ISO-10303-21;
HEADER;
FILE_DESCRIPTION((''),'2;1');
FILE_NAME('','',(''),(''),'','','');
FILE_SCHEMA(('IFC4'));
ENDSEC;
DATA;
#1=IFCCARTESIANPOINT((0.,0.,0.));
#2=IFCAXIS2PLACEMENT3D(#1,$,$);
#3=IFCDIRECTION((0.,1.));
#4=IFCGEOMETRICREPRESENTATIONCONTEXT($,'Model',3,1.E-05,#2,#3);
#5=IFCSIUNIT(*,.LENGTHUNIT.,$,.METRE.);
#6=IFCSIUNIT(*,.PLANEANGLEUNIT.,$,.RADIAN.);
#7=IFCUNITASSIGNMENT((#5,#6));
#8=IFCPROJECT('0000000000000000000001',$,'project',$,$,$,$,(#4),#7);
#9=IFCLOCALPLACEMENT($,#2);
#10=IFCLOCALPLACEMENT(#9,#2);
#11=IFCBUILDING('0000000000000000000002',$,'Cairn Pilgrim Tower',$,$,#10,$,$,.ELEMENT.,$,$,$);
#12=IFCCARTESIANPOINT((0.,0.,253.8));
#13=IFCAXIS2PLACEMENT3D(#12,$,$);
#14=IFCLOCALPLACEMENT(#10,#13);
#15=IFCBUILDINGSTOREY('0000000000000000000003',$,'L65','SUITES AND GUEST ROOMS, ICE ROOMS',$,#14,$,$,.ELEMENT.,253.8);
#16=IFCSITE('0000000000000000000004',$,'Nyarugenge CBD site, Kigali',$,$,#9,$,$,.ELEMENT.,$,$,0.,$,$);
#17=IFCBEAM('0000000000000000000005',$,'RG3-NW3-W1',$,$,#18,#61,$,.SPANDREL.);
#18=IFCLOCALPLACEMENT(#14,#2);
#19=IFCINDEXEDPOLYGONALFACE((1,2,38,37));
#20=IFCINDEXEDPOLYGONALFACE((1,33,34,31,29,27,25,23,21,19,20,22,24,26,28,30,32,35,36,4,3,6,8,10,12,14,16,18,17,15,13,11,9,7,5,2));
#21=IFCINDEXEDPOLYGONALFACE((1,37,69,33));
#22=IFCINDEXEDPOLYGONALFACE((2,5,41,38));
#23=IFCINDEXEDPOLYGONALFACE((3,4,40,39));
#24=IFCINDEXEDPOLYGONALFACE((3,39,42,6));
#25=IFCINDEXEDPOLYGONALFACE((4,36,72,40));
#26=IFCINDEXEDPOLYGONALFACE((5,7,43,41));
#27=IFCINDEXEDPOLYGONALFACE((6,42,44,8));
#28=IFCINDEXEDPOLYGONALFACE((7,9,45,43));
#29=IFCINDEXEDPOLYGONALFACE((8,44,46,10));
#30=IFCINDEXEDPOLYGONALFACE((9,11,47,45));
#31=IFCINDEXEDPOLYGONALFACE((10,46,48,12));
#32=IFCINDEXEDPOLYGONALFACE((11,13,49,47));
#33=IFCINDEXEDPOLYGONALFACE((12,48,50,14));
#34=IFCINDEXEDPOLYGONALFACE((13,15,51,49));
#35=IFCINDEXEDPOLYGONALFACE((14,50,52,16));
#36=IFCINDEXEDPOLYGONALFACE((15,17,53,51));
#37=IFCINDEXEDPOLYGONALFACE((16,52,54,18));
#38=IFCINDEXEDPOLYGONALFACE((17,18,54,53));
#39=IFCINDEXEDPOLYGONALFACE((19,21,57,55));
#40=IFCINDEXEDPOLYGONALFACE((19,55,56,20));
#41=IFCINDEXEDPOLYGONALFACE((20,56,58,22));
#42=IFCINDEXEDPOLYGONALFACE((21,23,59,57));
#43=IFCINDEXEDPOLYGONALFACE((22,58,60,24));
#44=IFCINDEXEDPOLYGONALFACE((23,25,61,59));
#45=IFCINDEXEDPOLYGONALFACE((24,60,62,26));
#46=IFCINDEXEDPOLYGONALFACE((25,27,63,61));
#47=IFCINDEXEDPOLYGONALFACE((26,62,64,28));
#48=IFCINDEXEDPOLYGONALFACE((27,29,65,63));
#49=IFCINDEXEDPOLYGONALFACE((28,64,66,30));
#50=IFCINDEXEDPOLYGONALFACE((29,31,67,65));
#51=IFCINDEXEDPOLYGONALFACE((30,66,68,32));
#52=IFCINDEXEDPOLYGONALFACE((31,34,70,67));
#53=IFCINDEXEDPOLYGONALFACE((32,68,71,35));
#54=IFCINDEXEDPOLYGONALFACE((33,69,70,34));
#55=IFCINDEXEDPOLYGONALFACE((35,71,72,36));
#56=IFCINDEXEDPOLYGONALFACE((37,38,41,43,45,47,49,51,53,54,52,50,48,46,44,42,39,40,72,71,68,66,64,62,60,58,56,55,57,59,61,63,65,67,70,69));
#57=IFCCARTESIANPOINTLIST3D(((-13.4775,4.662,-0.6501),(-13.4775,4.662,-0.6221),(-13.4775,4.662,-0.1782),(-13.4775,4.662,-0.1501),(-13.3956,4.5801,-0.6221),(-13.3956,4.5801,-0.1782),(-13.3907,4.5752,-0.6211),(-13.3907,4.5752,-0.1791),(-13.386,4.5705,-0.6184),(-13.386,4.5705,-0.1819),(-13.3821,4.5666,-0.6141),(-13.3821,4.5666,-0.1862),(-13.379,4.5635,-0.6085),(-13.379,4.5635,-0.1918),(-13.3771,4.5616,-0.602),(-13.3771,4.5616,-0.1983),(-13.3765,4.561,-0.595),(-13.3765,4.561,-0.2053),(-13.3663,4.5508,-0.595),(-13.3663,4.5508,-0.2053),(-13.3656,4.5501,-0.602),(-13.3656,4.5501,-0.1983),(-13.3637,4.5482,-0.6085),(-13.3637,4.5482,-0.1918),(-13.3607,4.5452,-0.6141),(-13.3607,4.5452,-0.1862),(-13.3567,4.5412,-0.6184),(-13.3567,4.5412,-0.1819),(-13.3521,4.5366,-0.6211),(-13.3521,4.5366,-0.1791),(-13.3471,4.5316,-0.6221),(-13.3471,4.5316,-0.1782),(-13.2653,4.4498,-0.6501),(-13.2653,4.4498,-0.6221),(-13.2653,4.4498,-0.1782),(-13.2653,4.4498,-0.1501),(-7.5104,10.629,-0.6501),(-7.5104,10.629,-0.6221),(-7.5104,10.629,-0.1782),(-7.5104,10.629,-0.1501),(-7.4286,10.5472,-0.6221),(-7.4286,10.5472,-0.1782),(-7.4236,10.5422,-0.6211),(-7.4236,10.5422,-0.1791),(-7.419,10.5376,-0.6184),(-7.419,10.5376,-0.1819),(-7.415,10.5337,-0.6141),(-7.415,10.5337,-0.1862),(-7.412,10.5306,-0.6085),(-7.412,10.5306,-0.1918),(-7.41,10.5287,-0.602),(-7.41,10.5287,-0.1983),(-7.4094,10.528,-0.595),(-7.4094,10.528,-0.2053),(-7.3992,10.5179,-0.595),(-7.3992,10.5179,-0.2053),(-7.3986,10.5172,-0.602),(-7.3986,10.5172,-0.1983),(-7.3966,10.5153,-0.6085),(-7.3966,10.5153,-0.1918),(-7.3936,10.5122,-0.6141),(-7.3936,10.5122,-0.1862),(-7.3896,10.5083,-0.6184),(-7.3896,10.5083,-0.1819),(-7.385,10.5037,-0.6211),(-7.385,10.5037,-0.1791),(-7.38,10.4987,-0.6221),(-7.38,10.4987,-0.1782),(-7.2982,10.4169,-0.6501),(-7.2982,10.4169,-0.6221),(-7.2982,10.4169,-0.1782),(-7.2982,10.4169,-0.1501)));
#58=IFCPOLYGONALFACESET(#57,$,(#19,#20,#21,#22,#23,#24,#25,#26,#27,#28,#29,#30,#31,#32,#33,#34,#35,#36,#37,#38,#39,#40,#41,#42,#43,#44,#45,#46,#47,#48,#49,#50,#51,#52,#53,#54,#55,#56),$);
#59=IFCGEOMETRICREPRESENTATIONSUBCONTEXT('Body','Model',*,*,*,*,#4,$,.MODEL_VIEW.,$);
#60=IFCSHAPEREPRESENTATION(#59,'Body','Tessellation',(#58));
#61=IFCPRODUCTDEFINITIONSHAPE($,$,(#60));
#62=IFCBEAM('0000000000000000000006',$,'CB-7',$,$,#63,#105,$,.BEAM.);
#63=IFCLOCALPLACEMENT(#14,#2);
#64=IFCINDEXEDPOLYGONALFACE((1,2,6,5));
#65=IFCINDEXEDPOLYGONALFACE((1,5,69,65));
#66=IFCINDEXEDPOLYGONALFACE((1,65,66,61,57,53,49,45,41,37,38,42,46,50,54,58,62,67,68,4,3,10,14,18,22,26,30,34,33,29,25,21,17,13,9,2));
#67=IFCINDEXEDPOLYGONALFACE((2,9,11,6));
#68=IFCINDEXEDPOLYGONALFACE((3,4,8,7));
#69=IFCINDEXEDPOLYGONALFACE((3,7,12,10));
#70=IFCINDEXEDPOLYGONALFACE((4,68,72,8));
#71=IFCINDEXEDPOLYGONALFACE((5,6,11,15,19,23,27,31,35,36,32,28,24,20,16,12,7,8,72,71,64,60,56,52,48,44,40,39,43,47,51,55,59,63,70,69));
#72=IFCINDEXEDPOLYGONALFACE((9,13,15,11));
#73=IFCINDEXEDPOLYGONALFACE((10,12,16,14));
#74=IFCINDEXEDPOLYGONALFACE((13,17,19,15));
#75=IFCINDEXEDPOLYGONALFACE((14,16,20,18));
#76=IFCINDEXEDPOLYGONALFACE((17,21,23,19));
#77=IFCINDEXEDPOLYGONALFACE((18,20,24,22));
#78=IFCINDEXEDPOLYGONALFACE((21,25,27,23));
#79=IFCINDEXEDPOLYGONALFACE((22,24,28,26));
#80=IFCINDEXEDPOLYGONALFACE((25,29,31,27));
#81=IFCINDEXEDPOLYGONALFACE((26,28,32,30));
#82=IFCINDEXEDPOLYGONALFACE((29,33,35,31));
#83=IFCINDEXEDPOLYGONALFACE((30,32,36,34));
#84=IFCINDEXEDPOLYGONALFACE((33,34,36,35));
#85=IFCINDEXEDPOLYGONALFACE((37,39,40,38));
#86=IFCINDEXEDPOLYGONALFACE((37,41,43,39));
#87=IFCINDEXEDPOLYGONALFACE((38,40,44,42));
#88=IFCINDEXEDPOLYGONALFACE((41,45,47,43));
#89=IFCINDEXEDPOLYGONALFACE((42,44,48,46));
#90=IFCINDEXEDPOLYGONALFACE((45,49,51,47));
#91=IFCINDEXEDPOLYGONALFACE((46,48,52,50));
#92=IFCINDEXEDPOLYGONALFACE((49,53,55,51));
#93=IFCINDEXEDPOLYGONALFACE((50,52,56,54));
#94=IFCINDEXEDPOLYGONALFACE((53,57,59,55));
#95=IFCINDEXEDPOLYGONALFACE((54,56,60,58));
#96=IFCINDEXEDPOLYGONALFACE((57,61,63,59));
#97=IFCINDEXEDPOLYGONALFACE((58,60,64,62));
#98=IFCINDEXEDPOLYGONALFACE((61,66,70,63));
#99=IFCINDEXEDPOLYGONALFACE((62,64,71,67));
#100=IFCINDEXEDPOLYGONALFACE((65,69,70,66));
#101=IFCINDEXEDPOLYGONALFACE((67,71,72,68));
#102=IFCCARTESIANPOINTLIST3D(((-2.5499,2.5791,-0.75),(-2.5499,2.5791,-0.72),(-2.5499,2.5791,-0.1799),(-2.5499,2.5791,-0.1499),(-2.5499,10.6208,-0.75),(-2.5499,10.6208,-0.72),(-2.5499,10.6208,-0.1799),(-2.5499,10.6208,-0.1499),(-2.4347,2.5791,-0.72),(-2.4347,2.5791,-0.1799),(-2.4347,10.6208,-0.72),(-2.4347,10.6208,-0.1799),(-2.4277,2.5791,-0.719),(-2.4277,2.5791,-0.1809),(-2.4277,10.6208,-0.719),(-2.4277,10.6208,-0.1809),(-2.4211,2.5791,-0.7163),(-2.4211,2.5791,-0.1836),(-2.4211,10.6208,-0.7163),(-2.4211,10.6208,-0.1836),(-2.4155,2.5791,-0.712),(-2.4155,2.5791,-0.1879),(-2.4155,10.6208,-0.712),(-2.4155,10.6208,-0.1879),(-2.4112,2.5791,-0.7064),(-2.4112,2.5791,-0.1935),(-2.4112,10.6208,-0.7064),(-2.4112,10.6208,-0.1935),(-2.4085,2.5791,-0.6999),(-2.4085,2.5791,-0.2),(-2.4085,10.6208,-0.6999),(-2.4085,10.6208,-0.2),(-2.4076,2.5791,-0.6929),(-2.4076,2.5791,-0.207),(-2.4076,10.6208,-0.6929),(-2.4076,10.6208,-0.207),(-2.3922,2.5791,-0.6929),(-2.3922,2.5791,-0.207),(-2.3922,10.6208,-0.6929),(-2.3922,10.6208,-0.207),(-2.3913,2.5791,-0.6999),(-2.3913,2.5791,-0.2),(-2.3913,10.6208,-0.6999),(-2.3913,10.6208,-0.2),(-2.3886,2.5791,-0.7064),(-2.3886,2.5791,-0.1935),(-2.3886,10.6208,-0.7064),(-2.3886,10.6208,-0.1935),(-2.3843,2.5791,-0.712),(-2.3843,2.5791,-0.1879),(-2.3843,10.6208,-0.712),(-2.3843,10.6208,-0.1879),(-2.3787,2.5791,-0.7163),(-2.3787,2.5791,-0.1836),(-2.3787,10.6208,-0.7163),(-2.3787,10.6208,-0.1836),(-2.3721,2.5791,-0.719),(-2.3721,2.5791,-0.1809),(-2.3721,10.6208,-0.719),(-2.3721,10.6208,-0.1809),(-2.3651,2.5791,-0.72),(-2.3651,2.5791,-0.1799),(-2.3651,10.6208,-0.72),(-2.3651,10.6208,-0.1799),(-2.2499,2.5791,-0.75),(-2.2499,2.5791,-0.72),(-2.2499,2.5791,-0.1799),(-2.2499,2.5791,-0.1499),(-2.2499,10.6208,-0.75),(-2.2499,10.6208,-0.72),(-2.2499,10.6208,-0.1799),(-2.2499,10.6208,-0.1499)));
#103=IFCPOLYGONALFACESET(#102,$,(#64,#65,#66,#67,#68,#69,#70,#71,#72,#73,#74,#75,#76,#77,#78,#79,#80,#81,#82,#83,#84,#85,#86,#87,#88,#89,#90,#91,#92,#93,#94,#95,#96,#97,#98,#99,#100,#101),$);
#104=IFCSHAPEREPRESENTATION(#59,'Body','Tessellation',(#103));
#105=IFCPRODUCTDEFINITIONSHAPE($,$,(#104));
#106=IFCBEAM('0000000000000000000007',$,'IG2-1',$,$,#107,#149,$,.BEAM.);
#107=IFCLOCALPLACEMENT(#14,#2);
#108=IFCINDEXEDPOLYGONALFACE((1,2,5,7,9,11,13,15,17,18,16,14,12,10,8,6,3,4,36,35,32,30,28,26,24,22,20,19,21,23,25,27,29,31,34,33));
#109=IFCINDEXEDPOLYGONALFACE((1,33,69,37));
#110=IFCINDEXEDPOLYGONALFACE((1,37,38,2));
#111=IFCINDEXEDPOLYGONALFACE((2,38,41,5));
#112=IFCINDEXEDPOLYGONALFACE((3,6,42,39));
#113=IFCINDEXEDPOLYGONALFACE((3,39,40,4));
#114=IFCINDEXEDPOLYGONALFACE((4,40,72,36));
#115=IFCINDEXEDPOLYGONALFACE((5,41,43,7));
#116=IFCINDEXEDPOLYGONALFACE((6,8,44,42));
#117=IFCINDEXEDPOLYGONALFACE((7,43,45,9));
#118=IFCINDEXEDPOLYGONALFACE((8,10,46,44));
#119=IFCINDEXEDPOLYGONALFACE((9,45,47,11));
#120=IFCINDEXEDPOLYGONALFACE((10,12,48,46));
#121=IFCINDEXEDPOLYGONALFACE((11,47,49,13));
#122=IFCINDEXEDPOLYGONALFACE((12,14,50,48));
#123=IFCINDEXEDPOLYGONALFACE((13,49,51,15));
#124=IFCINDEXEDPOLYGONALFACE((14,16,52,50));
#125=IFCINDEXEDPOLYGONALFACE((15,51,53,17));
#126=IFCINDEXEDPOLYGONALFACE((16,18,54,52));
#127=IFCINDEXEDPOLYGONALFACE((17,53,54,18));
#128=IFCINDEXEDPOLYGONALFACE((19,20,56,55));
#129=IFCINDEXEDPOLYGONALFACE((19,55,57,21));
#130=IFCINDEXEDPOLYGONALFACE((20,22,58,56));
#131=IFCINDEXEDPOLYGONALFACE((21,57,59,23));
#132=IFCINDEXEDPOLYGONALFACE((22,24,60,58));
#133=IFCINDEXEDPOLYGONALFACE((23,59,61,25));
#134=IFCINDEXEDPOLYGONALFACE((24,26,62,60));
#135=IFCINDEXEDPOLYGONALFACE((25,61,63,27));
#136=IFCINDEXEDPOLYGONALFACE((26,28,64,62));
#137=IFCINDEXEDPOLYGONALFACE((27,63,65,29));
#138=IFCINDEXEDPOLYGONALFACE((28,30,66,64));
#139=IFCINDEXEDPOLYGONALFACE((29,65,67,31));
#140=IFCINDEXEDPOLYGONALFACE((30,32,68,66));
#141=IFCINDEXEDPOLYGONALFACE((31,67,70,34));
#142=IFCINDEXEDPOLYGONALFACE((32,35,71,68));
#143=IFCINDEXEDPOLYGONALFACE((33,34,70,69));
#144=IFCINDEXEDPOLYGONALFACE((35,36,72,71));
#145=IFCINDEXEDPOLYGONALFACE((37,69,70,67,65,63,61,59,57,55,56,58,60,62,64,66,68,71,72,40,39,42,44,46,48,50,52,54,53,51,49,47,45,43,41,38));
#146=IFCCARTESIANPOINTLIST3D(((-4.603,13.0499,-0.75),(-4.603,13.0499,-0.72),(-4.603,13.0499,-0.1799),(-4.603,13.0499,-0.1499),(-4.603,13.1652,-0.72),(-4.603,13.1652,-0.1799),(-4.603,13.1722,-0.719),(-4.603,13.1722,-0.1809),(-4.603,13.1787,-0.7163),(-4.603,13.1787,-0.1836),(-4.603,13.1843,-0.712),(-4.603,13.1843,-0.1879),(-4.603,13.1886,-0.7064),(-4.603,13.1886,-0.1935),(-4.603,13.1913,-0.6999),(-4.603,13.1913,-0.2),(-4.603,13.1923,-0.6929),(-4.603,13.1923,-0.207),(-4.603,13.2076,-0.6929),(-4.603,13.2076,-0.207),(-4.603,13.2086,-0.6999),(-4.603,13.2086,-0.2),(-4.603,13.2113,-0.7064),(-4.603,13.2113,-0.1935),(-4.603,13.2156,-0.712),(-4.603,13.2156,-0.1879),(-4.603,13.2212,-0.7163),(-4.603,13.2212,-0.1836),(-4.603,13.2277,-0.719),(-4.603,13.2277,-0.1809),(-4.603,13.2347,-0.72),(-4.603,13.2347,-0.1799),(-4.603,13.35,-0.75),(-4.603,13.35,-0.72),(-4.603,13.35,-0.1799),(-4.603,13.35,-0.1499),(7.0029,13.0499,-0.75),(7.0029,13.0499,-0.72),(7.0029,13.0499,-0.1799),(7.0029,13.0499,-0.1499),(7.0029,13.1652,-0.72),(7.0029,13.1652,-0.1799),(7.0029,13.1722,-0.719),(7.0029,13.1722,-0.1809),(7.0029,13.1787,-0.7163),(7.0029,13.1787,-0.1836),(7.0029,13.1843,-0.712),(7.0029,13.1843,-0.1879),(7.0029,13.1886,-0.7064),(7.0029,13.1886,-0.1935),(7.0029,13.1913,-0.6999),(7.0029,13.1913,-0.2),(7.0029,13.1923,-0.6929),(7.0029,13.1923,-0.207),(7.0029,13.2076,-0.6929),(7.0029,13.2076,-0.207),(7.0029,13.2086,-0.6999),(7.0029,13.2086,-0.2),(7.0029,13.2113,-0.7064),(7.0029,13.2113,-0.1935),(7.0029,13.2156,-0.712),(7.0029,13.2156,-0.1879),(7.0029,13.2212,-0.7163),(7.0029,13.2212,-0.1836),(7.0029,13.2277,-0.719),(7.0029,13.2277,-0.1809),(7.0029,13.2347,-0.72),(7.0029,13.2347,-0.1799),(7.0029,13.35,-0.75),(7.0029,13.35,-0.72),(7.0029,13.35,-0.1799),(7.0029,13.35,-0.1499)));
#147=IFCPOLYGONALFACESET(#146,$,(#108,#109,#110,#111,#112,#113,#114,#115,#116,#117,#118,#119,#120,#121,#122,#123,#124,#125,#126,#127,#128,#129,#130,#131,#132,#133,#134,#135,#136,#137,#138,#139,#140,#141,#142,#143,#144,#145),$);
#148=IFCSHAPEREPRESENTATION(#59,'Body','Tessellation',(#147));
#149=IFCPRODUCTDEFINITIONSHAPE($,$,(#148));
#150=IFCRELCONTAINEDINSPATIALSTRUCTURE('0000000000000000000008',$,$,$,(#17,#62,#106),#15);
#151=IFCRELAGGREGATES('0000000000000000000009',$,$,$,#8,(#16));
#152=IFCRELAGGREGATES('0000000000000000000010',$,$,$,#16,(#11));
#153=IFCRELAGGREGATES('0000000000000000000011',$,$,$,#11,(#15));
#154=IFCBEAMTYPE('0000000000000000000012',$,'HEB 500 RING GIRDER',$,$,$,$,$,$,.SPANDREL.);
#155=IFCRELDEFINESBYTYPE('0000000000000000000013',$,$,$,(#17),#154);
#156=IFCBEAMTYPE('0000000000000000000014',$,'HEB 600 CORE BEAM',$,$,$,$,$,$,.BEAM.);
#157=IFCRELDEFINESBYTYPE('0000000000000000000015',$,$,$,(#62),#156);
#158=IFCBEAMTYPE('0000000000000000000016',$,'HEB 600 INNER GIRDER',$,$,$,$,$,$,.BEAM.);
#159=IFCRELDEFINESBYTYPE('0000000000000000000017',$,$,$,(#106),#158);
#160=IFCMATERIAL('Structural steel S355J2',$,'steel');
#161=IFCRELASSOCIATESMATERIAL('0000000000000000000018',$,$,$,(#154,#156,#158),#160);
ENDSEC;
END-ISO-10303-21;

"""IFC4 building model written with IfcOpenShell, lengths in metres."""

from ifc_helpers import new_model, si_unit, direction, frame, origin, origin_2d, place, context, subcontext, project, spatial, i_section, extrude, material, material_profile, profile_set, type_object, element, save


model = new_model("IFC4")

# Units and contexts
model_context = context("Model", 3, precision=1e-05, world=origin(), true_north=direction((0.0, 1.0)))
body_context = subcontext(model_context, "Body", "Model", "MODEL_VIEW")
ifc_project = project(units=[si_unit("LENGTHUNIT", "METRE"), si_unit("PLANEANGLEUNIT", "RADIAN")], contexts=[model_context])

# Site, building, storey
site_placement = place(None, origin())
site = spatial("IfcSite", under=ifc_project, at=site_placement, Name="Nyarugenge CBD site, Kigali", CompositionType="ELEMENT", RefElevation=0.0)
building_placement = place(site_placement, origin())
building = spatial("IfcBuilding", under=site, at=building_placement, Name="Cairn Pilgrim Tower", CompositionType="ELEMENT")
storey_placement = place(building_placement, frame((0.0, 0.0, 253.8)))
storey = spatial("IfcBuildingStorey", under=building, at=storey_placement, Name="L65", Description="SUITES AND GUEST ROOMS, ICE ROOMS", CompositionType="ELEMENT", Elevation=253.8)

# Shared definitions
ifc_material_1 = material(Name="Structural steel S355J2", Category="steel")

# Beams
ifc_material_profile_1 = material_profile(ifc_material_1, i_section(OverallWidth=0.3, OverallDepth=0.5, WebThickness=0.0144, FlangeThickness=0.0281, FilletRadius=0.0271, at=origin_2d()), Name="HEB 500")
ifc_profile_set_1 = profile_set([ifc_material_profile_1], Name="Structural steel S355J2")
beam_type_1 = type_object("IfcBeamType", Name="HEB 500 RING GIRDER", PredefinedType="SPANDREL", material=ifc_profile_set_1)
beam_1_placement = place(storey_placement, frame((-7.4043, 10.5229, -0.4001), z_axis=(-0.707107, -0.707107, 0.0), x_axis=(0.707107, -0.707107, 0.0)))
element("IfcBeam", 1, at=beam_1_placement, inside=storey, type_object=beam_type_1, Name="RG3-NW3-W1", PredefinedType="SPANDREL", context=body_context, shape_type="SweptSolid", body=[
    extrude(i_section(OverallWidth=0.3, OverallDepth=0.5, WebThickness=0.0144, FlangeThickness=0.0281, FilletRadius=0.0271, at=origin_2d()), origin(), (0.0, 0.0, 1.0), 8.4387),
])
ifc_material_profile_2 = material_profile(ifc_material_1, i_section(OverallWidth=0.3, OverallDepth=0.6001, WebThickness=0.0154, FlangeThickness=0.03, FilletRadius=0.0271, at=origin_2d()), Name="HEB 600")
ifc_profile_set_2 = profile_set([ifc_material_profile_2], Name="Structural steel S355J2")
beam_type_2 = type_object("IfcBeamType", Name="HEB 600 CORE BEAM", PredefinedType="BEAM", material=ifc_profile_set_2)
beam_2_placement = place(storey_placement, frame((-2.3999, 10.6208, -0.45), z_axis=(0.0, -1.0, 0.0), x_axis=(1.0, 0.0, 0.0)))
element("IfcBeam", 2, at=beam_2_placement, inside=storey, type_object=beam_type_2, Name="CB-7", PredefinedType="BEAM", context=body_context, shape_type="SweptSolid", body=[
    extrude(i_section(OverallWidth=0.3, OverallDepth=0.6001, WebThickness=0.0154, FlangeThickness=0.03, FilletRadius=0.0271, at=origin_2d()), origin(), (0.0, 0.0, 1.0), 8.0417),
])
ifc_material_profile_3 = material_profile(ifc_material_1, i_section(OverallWidth=0.3, OverallDepth=0.6001, WebThickness=0.0154, FlangeThickness=0.03, FilletRadius=0.0271, at=origin_2d()), Name="HEB 600")
ifc_profile_set_3 = profile_set([ifc_material_profile_3], Name="Structural steel S355J2")
beam_type_3 = type_object("IfcBeamType", Name="HEB 600 INNER GIRDER", PredefinedType="BEAM", material=ifc_profile_set_3)
beam_3_placement = place(storey_placement, frame((-4.603, 13.2, -0.45), z_axis=(1.0, 0.0, 0.0), x_axis=(0.0, 1.0, 0.0)))
element("IfcBeam", 3, at=beam_3_placement, inside=storey, type_object=beam_type_3, Name="IG2-1", PredefinedType="BEAM", context=body_context, shape_type="SweptSolid", body=[
    extrude(i_section(OverallWidth=0.3, OverallDepth=0.6001, WebThickness=0.0154, FlangeThickness=0.03, FilletRadius=0.0271, at=origin_2d()), origin(), (0.0, 0.0, 1.0), 11.606),
])

save(model, "model.ifc")
